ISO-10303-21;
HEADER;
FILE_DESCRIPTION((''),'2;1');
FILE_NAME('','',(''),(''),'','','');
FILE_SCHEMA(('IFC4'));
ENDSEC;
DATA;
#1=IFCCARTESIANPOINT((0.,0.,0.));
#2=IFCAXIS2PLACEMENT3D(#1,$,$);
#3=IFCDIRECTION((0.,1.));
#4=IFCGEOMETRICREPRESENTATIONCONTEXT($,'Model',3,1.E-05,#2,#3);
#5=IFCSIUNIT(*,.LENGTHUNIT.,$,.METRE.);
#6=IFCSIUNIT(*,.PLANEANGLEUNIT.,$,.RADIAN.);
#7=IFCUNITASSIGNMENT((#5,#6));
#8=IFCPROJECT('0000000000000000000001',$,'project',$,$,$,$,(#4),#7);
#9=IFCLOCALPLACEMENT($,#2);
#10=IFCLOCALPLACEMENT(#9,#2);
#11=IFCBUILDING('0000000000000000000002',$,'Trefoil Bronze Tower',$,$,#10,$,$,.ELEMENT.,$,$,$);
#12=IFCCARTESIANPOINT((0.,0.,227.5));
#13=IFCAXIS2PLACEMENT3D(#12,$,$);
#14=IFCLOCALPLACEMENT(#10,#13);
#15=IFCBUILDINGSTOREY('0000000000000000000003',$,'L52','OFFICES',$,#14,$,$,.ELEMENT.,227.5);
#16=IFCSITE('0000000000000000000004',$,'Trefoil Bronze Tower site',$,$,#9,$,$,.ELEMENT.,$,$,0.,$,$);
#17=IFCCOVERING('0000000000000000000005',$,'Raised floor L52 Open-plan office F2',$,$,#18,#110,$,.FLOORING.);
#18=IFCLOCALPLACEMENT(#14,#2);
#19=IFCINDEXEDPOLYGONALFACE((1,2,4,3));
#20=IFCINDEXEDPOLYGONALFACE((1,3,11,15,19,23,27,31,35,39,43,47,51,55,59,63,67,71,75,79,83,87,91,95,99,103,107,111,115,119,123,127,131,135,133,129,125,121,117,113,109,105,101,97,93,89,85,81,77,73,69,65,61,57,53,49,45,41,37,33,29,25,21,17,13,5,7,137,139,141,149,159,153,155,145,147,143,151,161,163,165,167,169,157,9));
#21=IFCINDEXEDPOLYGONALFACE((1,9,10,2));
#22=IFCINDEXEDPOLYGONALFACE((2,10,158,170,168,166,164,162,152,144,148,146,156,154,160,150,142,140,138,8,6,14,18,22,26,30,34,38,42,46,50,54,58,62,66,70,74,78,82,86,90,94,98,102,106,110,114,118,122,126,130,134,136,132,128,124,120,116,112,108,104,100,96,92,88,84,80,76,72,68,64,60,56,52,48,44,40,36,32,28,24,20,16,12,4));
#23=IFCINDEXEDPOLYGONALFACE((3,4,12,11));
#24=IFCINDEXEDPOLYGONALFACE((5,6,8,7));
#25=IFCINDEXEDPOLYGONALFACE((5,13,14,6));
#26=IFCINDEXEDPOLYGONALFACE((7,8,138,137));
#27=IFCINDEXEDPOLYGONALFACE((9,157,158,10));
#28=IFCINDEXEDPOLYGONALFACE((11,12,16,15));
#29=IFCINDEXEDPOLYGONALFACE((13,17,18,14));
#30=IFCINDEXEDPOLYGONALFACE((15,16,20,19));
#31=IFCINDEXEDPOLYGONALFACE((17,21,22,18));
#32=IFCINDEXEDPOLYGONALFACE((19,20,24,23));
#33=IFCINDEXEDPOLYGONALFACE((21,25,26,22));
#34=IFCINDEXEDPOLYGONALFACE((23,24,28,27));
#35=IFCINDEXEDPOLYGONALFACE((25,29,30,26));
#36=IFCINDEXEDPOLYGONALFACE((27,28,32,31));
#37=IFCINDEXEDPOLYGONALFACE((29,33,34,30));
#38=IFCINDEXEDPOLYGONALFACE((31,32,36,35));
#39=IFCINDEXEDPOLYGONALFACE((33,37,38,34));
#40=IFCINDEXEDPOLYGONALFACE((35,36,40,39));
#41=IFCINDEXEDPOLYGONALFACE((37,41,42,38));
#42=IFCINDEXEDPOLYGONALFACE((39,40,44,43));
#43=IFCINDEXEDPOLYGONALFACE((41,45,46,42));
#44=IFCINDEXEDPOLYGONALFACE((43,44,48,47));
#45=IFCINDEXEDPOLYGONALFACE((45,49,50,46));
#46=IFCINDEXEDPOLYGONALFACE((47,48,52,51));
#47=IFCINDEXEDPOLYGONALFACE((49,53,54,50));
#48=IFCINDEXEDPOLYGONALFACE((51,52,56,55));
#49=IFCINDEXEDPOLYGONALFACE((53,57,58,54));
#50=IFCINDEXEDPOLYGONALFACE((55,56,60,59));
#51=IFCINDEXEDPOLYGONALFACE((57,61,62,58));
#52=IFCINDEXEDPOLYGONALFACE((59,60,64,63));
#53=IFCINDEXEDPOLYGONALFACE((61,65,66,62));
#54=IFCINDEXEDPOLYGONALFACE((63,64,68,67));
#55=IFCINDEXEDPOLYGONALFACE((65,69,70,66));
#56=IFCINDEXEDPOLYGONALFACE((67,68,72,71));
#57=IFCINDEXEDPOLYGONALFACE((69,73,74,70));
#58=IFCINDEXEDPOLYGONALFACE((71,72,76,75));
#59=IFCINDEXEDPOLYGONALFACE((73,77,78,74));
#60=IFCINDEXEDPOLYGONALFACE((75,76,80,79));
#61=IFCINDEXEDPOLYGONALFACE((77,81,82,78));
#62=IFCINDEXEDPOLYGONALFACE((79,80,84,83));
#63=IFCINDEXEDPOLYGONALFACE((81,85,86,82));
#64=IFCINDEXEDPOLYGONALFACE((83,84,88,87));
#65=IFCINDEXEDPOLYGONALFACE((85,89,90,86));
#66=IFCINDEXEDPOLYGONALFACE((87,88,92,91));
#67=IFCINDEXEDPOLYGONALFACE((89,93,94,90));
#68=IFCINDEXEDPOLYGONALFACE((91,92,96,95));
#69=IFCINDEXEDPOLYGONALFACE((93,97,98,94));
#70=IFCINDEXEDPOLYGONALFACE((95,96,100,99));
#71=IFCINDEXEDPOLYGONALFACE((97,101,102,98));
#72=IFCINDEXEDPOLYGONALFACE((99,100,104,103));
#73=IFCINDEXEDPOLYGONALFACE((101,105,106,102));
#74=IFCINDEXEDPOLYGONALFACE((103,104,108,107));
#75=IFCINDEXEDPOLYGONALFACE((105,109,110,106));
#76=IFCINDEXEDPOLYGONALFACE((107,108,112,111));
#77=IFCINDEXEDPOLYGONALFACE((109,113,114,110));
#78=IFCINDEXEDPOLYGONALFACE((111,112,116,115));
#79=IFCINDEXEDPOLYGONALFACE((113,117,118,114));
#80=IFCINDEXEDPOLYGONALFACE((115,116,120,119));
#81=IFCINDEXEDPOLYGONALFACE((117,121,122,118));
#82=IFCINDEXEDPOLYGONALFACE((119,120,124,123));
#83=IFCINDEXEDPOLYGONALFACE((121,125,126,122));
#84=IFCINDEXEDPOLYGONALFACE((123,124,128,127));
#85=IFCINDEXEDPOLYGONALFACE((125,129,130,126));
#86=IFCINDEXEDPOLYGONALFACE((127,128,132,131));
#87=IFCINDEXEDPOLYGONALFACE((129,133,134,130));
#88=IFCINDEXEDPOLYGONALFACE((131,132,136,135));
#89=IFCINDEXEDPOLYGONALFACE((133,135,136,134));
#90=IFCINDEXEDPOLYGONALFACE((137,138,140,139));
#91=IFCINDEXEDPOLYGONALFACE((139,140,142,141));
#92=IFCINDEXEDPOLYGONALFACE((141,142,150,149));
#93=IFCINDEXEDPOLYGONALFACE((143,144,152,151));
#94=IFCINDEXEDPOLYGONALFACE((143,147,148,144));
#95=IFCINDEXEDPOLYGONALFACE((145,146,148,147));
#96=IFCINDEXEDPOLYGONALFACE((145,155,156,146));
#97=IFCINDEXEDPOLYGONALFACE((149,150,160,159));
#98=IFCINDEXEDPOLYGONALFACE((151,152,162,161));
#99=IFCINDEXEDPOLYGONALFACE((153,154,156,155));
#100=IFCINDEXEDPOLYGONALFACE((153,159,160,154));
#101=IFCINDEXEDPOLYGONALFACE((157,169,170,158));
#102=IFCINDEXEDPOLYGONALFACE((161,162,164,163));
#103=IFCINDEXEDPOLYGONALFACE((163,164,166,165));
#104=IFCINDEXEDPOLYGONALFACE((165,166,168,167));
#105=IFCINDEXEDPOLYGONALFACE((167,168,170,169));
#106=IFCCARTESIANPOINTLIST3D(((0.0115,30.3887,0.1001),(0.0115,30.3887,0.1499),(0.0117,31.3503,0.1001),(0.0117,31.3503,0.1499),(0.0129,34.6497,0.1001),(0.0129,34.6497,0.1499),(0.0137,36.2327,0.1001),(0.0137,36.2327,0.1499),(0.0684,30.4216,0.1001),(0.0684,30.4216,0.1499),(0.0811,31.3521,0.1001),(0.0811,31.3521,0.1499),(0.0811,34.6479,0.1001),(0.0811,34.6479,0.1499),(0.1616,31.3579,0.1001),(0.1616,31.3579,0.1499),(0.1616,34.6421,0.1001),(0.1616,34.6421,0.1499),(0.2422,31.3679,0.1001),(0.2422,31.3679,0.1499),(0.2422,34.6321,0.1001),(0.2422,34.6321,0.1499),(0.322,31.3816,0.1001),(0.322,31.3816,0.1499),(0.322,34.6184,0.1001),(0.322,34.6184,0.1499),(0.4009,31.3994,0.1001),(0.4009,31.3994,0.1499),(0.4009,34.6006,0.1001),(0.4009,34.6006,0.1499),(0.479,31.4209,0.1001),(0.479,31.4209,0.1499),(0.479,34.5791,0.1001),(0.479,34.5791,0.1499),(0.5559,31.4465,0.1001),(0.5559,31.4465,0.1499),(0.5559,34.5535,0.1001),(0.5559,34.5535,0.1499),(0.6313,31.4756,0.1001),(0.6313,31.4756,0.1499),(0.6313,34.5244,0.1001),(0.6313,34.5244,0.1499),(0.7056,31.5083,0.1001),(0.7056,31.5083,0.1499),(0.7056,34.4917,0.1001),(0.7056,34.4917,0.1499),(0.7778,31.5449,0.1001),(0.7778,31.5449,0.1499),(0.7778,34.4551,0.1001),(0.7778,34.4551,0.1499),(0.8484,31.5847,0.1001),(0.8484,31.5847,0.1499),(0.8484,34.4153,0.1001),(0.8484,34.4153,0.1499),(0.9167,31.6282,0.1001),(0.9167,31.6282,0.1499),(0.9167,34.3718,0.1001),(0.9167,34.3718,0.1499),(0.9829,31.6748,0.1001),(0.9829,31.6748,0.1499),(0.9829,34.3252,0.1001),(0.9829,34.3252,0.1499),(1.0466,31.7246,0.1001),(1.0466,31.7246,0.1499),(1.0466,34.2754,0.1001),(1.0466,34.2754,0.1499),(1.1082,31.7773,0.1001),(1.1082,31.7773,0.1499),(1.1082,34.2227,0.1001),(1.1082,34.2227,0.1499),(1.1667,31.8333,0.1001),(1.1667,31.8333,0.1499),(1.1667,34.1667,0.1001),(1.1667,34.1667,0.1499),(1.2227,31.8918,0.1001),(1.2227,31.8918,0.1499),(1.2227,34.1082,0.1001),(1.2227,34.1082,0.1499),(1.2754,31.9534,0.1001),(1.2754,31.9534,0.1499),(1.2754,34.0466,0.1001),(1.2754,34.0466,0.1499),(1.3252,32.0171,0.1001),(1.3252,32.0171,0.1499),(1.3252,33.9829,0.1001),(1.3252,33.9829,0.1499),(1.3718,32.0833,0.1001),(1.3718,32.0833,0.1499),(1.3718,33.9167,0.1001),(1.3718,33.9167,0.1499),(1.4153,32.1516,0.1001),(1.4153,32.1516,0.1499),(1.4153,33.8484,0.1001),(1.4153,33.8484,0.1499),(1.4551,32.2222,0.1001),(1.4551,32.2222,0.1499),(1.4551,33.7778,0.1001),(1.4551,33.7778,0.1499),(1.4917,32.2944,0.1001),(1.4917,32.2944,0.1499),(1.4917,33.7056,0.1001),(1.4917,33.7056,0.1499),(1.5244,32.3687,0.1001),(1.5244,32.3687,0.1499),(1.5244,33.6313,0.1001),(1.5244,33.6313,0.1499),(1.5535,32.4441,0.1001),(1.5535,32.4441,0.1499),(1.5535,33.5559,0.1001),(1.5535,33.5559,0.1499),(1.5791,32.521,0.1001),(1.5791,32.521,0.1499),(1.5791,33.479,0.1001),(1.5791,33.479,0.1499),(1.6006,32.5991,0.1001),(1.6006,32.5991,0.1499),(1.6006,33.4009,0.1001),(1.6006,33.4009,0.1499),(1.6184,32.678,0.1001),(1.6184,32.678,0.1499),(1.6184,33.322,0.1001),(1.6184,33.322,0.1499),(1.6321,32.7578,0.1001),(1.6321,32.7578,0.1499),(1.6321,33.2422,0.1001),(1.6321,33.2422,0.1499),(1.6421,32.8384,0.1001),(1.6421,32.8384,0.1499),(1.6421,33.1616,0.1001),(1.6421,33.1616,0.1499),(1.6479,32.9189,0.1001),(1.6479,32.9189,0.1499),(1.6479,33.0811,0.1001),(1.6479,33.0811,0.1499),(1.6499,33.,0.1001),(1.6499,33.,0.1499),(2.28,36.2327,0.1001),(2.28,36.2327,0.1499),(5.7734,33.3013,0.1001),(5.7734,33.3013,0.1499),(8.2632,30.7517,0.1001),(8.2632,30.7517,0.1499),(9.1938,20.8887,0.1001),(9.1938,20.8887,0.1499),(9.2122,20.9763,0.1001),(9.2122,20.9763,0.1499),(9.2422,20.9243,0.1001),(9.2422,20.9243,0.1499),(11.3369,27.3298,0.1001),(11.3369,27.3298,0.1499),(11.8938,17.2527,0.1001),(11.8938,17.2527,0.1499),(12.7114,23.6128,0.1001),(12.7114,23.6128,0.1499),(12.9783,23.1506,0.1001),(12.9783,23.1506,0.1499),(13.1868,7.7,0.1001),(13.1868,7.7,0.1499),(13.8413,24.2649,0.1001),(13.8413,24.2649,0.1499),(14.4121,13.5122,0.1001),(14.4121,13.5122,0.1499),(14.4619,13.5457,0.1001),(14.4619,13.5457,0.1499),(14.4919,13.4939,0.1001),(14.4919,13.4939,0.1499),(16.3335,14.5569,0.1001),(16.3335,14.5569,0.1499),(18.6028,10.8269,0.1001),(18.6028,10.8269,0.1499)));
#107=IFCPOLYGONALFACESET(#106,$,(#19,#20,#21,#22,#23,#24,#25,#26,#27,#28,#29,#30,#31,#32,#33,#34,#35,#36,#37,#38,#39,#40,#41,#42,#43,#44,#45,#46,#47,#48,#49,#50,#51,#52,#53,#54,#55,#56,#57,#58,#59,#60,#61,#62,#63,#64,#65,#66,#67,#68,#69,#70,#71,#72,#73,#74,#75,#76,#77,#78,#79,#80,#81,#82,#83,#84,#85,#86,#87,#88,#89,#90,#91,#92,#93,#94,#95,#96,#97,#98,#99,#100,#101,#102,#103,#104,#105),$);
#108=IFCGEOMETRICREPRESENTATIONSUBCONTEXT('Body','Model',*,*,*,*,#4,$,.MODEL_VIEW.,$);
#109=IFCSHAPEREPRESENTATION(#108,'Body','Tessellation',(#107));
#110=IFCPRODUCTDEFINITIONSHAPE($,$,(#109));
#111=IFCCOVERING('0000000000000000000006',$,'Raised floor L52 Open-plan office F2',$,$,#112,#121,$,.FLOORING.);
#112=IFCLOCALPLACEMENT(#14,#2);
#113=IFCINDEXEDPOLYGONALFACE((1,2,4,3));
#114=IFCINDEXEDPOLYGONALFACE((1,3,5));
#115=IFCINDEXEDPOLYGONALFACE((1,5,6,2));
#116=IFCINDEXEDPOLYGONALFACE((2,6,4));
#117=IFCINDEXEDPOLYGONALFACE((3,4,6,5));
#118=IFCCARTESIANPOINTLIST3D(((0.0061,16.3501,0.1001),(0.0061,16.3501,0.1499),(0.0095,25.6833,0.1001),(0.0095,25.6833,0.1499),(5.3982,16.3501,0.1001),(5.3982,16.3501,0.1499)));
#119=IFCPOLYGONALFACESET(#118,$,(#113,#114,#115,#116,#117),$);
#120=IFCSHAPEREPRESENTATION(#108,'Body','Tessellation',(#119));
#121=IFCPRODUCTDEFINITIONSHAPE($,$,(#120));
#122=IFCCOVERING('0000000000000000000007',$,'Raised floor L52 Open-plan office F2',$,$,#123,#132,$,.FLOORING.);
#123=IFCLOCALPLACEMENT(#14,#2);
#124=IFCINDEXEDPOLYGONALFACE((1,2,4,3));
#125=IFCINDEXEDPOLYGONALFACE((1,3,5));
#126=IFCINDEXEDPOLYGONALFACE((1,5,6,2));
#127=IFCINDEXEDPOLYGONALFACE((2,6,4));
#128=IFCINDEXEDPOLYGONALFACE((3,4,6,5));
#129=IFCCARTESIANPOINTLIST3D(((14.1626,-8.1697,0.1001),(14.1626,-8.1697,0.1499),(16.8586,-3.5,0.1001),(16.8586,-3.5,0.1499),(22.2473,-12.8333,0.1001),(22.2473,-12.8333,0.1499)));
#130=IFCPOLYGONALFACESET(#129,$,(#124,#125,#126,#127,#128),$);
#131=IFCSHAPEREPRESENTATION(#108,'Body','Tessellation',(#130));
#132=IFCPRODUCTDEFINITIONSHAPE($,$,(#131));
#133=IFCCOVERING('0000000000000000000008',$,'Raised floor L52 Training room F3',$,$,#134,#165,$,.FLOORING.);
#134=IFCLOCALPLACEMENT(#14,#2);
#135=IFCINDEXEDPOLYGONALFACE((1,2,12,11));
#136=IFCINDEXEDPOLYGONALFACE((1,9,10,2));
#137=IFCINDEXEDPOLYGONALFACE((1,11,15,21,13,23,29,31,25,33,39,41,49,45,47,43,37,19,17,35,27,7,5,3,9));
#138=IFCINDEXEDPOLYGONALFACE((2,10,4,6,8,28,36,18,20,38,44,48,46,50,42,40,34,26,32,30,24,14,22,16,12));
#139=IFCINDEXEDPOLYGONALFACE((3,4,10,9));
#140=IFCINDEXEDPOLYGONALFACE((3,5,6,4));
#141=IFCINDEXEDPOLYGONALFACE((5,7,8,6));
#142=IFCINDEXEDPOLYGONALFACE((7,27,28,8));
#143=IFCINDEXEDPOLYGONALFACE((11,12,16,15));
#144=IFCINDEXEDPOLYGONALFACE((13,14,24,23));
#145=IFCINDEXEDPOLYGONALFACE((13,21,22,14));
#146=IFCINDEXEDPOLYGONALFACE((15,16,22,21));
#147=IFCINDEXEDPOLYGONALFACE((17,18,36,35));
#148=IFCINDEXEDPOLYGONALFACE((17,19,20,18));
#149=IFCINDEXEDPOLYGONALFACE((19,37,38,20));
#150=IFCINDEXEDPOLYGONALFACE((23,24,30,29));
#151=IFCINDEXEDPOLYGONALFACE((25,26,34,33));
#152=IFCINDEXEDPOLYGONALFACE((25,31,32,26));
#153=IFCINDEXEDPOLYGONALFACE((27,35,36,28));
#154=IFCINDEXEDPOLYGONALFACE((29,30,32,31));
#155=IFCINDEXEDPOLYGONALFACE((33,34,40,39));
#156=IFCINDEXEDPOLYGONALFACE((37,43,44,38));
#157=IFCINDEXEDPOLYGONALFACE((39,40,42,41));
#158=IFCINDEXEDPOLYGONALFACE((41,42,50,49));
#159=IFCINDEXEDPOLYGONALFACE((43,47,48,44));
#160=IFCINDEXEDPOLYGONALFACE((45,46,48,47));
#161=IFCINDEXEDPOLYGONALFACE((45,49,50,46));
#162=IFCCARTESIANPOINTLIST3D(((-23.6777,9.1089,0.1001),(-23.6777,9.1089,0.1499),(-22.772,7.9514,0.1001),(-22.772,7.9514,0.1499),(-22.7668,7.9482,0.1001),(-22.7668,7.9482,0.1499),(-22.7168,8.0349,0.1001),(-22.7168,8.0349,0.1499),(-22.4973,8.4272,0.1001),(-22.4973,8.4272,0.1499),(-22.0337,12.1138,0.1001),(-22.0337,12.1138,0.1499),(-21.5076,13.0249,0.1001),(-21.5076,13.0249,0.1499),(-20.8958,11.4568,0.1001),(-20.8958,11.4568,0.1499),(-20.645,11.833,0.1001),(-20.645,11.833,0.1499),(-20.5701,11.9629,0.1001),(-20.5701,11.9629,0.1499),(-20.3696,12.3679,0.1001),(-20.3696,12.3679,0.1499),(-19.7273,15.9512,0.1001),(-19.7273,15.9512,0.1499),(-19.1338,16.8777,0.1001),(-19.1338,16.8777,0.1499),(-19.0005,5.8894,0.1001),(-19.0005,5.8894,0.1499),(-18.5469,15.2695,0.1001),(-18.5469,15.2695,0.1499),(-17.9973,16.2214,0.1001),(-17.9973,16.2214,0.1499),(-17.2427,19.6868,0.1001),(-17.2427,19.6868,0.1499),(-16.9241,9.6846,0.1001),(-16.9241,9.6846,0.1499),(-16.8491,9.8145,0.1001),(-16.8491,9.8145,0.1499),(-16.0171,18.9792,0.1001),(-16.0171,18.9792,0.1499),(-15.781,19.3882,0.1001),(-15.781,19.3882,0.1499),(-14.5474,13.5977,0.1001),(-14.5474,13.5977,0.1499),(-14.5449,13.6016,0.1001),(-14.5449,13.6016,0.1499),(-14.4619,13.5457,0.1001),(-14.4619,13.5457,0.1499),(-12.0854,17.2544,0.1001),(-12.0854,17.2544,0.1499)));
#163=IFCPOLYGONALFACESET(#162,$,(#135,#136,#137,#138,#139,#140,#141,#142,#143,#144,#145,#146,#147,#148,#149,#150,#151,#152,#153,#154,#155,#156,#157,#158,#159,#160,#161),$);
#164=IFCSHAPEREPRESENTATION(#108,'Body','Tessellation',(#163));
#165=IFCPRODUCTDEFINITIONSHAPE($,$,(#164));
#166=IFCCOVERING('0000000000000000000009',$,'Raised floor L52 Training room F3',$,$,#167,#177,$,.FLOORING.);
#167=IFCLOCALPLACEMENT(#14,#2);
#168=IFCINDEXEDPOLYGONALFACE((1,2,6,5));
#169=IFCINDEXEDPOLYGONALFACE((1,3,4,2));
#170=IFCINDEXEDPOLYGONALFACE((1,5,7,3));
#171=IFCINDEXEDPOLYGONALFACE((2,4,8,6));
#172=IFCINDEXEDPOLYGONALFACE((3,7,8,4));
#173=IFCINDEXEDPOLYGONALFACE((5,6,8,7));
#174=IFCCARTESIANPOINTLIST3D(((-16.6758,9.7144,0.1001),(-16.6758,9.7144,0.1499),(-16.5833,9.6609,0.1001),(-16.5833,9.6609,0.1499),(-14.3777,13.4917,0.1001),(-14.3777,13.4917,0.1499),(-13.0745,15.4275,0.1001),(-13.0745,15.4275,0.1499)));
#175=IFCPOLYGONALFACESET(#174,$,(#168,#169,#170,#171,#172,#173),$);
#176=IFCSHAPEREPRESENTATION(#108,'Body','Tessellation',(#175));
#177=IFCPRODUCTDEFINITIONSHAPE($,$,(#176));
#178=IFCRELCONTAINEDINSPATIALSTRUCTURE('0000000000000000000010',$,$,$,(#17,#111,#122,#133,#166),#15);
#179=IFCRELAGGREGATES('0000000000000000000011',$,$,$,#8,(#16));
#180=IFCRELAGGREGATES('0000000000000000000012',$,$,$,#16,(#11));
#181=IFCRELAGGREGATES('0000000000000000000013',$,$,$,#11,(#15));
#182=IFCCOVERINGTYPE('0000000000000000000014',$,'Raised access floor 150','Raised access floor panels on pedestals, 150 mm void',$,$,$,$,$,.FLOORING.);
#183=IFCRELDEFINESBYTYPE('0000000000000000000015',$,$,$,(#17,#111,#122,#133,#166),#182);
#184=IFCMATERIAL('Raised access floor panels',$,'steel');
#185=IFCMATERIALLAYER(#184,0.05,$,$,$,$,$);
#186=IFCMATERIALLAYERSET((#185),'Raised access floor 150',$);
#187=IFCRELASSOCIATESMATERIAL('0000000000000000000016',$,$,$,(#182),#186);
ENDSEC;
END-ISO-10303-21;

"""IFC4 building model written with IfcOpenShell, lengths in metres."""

from ifc_helpers import new_model, si_unit, direction, frame, origin, place, context, subcontext, project, spatial, polyline, outline, extrude, material, layer, layer_set, type_object, element, save


model = new_model("IFC4")

# Units and contexts
model_context = context("Model", 3, precision=1e-05, world=origin(), true_north=direction((0.0, 1.0)))
body_context = subcontext(model_context, "Body", "Model", "MODEL_VIEW")
ifc_project = project(units=[si_unit("LENGTHUNIT", "METRE"), si_unit("PLANEANGLEUNIT", "RADIAN")], contexts=[model_context])

# Site, building, storey
site_placement = place(None, origin())
site = spatial("IfcSite", under=ifc_project, at=site_placement, Name="Trefoil Bronze Tower site", CompositionType="ELEMENT", RefElevation=0.0)
building_placement = place(site_placement, origin())
building = spatial("IfcBuilding", under=site, at=building_placement, Name="Trefoil Bronze Tower", CompositionType="ELEMENT")
storey_placement = place(building_placement, frame((0.0, 0.0, 227.5)))
storey = spatial("IfcBuildingStorey", under=building, at=storey_placement, Name="L52", Description="OFFICES", CompositionType="ELEMENT", Elevation=227.5)

# Coverings
ifc_material_1 = material(Name="Raised access floor panels", Category="steel")
ifc_layer_1 = layer(ifc_material_1, 0.05)
ifc_layer_set_1 = layer_set([ifc_layer_1], Name="Raised access floor 150")
covering_type_1 = type_object("IfcCoveringType", Name="Raised access floor 150", Description="Raised access floor panels on pedestals, 150 mm void", PredefinedType="FLOORING", material=ifc_layer_set_1)
covering_1_placement = place(storey_placement, frame((0.0, 0.0, 0.1001)))
element("IfcCovering", 1, at=covering_1_placement, inside=storey, type_object=covering_type_1, Name="Raised floor L52 Open-plan office F2", PredefinedType="FLOORING", context=body_context, shape_type="SweptSolid", body=[
    extrude(outline(polyline([(11.3369, 27.3298), (13.8413, 24.2649), (12.7114, 23.6128), (12.9783, 23.1506), (9.2122, 20.9763), (9.2422, 20.9243), (9.1938, 20.8887), (11.8938, 17.2527), (14.4121, 13.5122), (14.4619, 13.5457), (14.4919, 13.4939), (16.3335, 14.5569), (18.6028, 10.8269), (13.1868, 7.7), (0.0684, 30.4216), (0.0115, 30.3887), (0.0117, 31.3503), (0.0811, 31.3521), (0.1616, 31.3579), (0.2422, 31.3679), (0.322, 31.3816), (0.4009, 31.3994), (0.479, 31.4209), (0.5559, 31.4465), (0.6313, 31.4756), (0.7056, 31.5083), (0.7778, 31.5449), (0.8484, 31.5847), (0.9167, 31.6282), (0.9829, 31.6748), (1.0466, 31.7246), (1.1082, 31.7773), (1.1667, 31.8333), (1.2227, 31.8918), (1.2754, 31.9534), (1.3252, 32.0171), (1.3718, 32.0833), (1.4153, 32.1516), (1.4551, 32.2222), (1.4917, 32.2944), (1.5244, 32.3687), (1.5535, 32.4441), (1.5791, 32.521), (1.6006, 32.5991), (1.6184, 32.678), (1.6321, 32.7578), (1.6421, 32.8384), (1.6479, 32.9189), (1.6499, 33.0), (1.6479, 33.0811), (1.6421, 33.1616), (1.6321, 33.2422), (1.6184, 33.322), (1.6006, 33.4009), (1.5791, 33.479), (1.5535, 33.5559), (1.5244, 33.6313), (1.4917, 33.7056), (1.4551, 33.7778), (1.4153, 33.8484), (1.3718, 33.9167), (1.3252, 33.9829), (1.2754, 34.0466), (1.2227, 34.1082), (1.1667, 34.1667), (1.1082, 34.2227), (1.0466, 34.2754), (0.9829, 34.3252), (0.9167, 34.3718), (0.8484, 34.4153), (0.7778, 34.4551), (0.7056, 34.4917), (0.6313, 34.5244), (0.5559, 34.5535), (0.479, 34.5791), (0.4009, 34.6006), (0.322, 34.6184), (0.2422, 34.6321), (0.1616, 34.6421), (0.0811, 34.6479), (0.0129, 34.6497), (0.0137, 36.2327), (2.28, 36.2327), (5.7734, 33.3013), (8.2632, 30.7517), (11.3369, 27.3298)])), origin(), (0.0, 0.0, 1.0), 0.0498),
])
covering_2_placement = place(storey_placement, frame((0.0, 0.0, 0.1001)))
element("IfcCovering", 2, at=covering_2_placement, inside=storey, type_object=covering_type_1, Name="Raised floor L52 Open-plan office F2", PredefinedType="FLOORING", context=body_context, shape_type="SweptSolid", body=[
    extrude(outline(polyline([(0.0095, 25.6833), (5.3982, 16.3501), (0.0061, 16.3501), (0.0095, 25.6833)])), origin(), (0.0, 0.0, 1.0), 0.0498),
])
covering_3_placement = place(storey_placement, frame((0.0, 0.0, 0.1001)))
element("IfcCovering", 3, at=covering_3_placement, inside=storey, type_object=covering_type_1, Name="Raised floor L52 Open-plan office F2", PredefinedType="FLOORING", context=body_context, shape_type="SweptSolid", body=[
    extrude(outline(polyline([(22.2473, -12.8333), (14.1626, -8.1697), (16.8586, -3.5), (22.2473, -12.8333)])), origin(), (0.0, 0.0, 1.0), 0.0498),
])
covering_4_placement = place(storey_placement, frame((0.0, 0.0, 0.1001)))
element("IfcCovering", 4, at=covering_4_placement, inside=storey, type_object=covering_type_1, Name="Raised floor L52 Training room F3", PredefinedType="FLOORING", context=body_context, shape_type="SweptSolid", body=[
    extrude(outline(polyline([(-19.7273, 15.9512), (-18.5469, 15.2695), (-17.9973, 16.2214), (-19.1338, 16.8777), (-17.2427, 19.6868), (-16.0171, 18.9792), (-15.781, 19.3882), (-12.0854, 17.2544), (-14.5449, 13.6016), (-14.4619, 13.5457), (-14.5474, 13.5977), (-16.8491, 9.8145), (-20.5701, 11.9629), (-20.645, 11.833), (-16.9241, 9.6846), (-19.0005, 5.8894), (-22.7168, 8.0349), (-22.7668, 7.9482), (-22.772, 7.9514), (-22.4973, 8.4272), (-23.6777, 9.1089), (-22.0337, 12.1138), (-20.8958, 11.4568), (-20.3696, 12.3679), (-21.5076, 13.0249), (-19.7273, 15.9512)])), origin(), (0.0, 0.0, 1.0), 0.0498),
])
covering_5_placement = place(storey_placement, frame((0.0, 0.0, 0.1001)))
element("IfcCovering", 5, at=covering_5_placement, inside=storey, type_object=covering_type_1, Name="Raised floor L52 Training room F3", PredefinedType="FLOORING", context=body_context, shape_type="SweptSolid", body=[
    extrude(outline(polyline([(-16.5833, 9.6609), (-16.6758, 9.7144), (-14.3777, 13.4917), (-13.0745, 15.4275), (-16.5833, 9.6609)])), origin(), (0.0, 0.0, 1.0), 0.0498),
])

save(model, "model.ifc")
